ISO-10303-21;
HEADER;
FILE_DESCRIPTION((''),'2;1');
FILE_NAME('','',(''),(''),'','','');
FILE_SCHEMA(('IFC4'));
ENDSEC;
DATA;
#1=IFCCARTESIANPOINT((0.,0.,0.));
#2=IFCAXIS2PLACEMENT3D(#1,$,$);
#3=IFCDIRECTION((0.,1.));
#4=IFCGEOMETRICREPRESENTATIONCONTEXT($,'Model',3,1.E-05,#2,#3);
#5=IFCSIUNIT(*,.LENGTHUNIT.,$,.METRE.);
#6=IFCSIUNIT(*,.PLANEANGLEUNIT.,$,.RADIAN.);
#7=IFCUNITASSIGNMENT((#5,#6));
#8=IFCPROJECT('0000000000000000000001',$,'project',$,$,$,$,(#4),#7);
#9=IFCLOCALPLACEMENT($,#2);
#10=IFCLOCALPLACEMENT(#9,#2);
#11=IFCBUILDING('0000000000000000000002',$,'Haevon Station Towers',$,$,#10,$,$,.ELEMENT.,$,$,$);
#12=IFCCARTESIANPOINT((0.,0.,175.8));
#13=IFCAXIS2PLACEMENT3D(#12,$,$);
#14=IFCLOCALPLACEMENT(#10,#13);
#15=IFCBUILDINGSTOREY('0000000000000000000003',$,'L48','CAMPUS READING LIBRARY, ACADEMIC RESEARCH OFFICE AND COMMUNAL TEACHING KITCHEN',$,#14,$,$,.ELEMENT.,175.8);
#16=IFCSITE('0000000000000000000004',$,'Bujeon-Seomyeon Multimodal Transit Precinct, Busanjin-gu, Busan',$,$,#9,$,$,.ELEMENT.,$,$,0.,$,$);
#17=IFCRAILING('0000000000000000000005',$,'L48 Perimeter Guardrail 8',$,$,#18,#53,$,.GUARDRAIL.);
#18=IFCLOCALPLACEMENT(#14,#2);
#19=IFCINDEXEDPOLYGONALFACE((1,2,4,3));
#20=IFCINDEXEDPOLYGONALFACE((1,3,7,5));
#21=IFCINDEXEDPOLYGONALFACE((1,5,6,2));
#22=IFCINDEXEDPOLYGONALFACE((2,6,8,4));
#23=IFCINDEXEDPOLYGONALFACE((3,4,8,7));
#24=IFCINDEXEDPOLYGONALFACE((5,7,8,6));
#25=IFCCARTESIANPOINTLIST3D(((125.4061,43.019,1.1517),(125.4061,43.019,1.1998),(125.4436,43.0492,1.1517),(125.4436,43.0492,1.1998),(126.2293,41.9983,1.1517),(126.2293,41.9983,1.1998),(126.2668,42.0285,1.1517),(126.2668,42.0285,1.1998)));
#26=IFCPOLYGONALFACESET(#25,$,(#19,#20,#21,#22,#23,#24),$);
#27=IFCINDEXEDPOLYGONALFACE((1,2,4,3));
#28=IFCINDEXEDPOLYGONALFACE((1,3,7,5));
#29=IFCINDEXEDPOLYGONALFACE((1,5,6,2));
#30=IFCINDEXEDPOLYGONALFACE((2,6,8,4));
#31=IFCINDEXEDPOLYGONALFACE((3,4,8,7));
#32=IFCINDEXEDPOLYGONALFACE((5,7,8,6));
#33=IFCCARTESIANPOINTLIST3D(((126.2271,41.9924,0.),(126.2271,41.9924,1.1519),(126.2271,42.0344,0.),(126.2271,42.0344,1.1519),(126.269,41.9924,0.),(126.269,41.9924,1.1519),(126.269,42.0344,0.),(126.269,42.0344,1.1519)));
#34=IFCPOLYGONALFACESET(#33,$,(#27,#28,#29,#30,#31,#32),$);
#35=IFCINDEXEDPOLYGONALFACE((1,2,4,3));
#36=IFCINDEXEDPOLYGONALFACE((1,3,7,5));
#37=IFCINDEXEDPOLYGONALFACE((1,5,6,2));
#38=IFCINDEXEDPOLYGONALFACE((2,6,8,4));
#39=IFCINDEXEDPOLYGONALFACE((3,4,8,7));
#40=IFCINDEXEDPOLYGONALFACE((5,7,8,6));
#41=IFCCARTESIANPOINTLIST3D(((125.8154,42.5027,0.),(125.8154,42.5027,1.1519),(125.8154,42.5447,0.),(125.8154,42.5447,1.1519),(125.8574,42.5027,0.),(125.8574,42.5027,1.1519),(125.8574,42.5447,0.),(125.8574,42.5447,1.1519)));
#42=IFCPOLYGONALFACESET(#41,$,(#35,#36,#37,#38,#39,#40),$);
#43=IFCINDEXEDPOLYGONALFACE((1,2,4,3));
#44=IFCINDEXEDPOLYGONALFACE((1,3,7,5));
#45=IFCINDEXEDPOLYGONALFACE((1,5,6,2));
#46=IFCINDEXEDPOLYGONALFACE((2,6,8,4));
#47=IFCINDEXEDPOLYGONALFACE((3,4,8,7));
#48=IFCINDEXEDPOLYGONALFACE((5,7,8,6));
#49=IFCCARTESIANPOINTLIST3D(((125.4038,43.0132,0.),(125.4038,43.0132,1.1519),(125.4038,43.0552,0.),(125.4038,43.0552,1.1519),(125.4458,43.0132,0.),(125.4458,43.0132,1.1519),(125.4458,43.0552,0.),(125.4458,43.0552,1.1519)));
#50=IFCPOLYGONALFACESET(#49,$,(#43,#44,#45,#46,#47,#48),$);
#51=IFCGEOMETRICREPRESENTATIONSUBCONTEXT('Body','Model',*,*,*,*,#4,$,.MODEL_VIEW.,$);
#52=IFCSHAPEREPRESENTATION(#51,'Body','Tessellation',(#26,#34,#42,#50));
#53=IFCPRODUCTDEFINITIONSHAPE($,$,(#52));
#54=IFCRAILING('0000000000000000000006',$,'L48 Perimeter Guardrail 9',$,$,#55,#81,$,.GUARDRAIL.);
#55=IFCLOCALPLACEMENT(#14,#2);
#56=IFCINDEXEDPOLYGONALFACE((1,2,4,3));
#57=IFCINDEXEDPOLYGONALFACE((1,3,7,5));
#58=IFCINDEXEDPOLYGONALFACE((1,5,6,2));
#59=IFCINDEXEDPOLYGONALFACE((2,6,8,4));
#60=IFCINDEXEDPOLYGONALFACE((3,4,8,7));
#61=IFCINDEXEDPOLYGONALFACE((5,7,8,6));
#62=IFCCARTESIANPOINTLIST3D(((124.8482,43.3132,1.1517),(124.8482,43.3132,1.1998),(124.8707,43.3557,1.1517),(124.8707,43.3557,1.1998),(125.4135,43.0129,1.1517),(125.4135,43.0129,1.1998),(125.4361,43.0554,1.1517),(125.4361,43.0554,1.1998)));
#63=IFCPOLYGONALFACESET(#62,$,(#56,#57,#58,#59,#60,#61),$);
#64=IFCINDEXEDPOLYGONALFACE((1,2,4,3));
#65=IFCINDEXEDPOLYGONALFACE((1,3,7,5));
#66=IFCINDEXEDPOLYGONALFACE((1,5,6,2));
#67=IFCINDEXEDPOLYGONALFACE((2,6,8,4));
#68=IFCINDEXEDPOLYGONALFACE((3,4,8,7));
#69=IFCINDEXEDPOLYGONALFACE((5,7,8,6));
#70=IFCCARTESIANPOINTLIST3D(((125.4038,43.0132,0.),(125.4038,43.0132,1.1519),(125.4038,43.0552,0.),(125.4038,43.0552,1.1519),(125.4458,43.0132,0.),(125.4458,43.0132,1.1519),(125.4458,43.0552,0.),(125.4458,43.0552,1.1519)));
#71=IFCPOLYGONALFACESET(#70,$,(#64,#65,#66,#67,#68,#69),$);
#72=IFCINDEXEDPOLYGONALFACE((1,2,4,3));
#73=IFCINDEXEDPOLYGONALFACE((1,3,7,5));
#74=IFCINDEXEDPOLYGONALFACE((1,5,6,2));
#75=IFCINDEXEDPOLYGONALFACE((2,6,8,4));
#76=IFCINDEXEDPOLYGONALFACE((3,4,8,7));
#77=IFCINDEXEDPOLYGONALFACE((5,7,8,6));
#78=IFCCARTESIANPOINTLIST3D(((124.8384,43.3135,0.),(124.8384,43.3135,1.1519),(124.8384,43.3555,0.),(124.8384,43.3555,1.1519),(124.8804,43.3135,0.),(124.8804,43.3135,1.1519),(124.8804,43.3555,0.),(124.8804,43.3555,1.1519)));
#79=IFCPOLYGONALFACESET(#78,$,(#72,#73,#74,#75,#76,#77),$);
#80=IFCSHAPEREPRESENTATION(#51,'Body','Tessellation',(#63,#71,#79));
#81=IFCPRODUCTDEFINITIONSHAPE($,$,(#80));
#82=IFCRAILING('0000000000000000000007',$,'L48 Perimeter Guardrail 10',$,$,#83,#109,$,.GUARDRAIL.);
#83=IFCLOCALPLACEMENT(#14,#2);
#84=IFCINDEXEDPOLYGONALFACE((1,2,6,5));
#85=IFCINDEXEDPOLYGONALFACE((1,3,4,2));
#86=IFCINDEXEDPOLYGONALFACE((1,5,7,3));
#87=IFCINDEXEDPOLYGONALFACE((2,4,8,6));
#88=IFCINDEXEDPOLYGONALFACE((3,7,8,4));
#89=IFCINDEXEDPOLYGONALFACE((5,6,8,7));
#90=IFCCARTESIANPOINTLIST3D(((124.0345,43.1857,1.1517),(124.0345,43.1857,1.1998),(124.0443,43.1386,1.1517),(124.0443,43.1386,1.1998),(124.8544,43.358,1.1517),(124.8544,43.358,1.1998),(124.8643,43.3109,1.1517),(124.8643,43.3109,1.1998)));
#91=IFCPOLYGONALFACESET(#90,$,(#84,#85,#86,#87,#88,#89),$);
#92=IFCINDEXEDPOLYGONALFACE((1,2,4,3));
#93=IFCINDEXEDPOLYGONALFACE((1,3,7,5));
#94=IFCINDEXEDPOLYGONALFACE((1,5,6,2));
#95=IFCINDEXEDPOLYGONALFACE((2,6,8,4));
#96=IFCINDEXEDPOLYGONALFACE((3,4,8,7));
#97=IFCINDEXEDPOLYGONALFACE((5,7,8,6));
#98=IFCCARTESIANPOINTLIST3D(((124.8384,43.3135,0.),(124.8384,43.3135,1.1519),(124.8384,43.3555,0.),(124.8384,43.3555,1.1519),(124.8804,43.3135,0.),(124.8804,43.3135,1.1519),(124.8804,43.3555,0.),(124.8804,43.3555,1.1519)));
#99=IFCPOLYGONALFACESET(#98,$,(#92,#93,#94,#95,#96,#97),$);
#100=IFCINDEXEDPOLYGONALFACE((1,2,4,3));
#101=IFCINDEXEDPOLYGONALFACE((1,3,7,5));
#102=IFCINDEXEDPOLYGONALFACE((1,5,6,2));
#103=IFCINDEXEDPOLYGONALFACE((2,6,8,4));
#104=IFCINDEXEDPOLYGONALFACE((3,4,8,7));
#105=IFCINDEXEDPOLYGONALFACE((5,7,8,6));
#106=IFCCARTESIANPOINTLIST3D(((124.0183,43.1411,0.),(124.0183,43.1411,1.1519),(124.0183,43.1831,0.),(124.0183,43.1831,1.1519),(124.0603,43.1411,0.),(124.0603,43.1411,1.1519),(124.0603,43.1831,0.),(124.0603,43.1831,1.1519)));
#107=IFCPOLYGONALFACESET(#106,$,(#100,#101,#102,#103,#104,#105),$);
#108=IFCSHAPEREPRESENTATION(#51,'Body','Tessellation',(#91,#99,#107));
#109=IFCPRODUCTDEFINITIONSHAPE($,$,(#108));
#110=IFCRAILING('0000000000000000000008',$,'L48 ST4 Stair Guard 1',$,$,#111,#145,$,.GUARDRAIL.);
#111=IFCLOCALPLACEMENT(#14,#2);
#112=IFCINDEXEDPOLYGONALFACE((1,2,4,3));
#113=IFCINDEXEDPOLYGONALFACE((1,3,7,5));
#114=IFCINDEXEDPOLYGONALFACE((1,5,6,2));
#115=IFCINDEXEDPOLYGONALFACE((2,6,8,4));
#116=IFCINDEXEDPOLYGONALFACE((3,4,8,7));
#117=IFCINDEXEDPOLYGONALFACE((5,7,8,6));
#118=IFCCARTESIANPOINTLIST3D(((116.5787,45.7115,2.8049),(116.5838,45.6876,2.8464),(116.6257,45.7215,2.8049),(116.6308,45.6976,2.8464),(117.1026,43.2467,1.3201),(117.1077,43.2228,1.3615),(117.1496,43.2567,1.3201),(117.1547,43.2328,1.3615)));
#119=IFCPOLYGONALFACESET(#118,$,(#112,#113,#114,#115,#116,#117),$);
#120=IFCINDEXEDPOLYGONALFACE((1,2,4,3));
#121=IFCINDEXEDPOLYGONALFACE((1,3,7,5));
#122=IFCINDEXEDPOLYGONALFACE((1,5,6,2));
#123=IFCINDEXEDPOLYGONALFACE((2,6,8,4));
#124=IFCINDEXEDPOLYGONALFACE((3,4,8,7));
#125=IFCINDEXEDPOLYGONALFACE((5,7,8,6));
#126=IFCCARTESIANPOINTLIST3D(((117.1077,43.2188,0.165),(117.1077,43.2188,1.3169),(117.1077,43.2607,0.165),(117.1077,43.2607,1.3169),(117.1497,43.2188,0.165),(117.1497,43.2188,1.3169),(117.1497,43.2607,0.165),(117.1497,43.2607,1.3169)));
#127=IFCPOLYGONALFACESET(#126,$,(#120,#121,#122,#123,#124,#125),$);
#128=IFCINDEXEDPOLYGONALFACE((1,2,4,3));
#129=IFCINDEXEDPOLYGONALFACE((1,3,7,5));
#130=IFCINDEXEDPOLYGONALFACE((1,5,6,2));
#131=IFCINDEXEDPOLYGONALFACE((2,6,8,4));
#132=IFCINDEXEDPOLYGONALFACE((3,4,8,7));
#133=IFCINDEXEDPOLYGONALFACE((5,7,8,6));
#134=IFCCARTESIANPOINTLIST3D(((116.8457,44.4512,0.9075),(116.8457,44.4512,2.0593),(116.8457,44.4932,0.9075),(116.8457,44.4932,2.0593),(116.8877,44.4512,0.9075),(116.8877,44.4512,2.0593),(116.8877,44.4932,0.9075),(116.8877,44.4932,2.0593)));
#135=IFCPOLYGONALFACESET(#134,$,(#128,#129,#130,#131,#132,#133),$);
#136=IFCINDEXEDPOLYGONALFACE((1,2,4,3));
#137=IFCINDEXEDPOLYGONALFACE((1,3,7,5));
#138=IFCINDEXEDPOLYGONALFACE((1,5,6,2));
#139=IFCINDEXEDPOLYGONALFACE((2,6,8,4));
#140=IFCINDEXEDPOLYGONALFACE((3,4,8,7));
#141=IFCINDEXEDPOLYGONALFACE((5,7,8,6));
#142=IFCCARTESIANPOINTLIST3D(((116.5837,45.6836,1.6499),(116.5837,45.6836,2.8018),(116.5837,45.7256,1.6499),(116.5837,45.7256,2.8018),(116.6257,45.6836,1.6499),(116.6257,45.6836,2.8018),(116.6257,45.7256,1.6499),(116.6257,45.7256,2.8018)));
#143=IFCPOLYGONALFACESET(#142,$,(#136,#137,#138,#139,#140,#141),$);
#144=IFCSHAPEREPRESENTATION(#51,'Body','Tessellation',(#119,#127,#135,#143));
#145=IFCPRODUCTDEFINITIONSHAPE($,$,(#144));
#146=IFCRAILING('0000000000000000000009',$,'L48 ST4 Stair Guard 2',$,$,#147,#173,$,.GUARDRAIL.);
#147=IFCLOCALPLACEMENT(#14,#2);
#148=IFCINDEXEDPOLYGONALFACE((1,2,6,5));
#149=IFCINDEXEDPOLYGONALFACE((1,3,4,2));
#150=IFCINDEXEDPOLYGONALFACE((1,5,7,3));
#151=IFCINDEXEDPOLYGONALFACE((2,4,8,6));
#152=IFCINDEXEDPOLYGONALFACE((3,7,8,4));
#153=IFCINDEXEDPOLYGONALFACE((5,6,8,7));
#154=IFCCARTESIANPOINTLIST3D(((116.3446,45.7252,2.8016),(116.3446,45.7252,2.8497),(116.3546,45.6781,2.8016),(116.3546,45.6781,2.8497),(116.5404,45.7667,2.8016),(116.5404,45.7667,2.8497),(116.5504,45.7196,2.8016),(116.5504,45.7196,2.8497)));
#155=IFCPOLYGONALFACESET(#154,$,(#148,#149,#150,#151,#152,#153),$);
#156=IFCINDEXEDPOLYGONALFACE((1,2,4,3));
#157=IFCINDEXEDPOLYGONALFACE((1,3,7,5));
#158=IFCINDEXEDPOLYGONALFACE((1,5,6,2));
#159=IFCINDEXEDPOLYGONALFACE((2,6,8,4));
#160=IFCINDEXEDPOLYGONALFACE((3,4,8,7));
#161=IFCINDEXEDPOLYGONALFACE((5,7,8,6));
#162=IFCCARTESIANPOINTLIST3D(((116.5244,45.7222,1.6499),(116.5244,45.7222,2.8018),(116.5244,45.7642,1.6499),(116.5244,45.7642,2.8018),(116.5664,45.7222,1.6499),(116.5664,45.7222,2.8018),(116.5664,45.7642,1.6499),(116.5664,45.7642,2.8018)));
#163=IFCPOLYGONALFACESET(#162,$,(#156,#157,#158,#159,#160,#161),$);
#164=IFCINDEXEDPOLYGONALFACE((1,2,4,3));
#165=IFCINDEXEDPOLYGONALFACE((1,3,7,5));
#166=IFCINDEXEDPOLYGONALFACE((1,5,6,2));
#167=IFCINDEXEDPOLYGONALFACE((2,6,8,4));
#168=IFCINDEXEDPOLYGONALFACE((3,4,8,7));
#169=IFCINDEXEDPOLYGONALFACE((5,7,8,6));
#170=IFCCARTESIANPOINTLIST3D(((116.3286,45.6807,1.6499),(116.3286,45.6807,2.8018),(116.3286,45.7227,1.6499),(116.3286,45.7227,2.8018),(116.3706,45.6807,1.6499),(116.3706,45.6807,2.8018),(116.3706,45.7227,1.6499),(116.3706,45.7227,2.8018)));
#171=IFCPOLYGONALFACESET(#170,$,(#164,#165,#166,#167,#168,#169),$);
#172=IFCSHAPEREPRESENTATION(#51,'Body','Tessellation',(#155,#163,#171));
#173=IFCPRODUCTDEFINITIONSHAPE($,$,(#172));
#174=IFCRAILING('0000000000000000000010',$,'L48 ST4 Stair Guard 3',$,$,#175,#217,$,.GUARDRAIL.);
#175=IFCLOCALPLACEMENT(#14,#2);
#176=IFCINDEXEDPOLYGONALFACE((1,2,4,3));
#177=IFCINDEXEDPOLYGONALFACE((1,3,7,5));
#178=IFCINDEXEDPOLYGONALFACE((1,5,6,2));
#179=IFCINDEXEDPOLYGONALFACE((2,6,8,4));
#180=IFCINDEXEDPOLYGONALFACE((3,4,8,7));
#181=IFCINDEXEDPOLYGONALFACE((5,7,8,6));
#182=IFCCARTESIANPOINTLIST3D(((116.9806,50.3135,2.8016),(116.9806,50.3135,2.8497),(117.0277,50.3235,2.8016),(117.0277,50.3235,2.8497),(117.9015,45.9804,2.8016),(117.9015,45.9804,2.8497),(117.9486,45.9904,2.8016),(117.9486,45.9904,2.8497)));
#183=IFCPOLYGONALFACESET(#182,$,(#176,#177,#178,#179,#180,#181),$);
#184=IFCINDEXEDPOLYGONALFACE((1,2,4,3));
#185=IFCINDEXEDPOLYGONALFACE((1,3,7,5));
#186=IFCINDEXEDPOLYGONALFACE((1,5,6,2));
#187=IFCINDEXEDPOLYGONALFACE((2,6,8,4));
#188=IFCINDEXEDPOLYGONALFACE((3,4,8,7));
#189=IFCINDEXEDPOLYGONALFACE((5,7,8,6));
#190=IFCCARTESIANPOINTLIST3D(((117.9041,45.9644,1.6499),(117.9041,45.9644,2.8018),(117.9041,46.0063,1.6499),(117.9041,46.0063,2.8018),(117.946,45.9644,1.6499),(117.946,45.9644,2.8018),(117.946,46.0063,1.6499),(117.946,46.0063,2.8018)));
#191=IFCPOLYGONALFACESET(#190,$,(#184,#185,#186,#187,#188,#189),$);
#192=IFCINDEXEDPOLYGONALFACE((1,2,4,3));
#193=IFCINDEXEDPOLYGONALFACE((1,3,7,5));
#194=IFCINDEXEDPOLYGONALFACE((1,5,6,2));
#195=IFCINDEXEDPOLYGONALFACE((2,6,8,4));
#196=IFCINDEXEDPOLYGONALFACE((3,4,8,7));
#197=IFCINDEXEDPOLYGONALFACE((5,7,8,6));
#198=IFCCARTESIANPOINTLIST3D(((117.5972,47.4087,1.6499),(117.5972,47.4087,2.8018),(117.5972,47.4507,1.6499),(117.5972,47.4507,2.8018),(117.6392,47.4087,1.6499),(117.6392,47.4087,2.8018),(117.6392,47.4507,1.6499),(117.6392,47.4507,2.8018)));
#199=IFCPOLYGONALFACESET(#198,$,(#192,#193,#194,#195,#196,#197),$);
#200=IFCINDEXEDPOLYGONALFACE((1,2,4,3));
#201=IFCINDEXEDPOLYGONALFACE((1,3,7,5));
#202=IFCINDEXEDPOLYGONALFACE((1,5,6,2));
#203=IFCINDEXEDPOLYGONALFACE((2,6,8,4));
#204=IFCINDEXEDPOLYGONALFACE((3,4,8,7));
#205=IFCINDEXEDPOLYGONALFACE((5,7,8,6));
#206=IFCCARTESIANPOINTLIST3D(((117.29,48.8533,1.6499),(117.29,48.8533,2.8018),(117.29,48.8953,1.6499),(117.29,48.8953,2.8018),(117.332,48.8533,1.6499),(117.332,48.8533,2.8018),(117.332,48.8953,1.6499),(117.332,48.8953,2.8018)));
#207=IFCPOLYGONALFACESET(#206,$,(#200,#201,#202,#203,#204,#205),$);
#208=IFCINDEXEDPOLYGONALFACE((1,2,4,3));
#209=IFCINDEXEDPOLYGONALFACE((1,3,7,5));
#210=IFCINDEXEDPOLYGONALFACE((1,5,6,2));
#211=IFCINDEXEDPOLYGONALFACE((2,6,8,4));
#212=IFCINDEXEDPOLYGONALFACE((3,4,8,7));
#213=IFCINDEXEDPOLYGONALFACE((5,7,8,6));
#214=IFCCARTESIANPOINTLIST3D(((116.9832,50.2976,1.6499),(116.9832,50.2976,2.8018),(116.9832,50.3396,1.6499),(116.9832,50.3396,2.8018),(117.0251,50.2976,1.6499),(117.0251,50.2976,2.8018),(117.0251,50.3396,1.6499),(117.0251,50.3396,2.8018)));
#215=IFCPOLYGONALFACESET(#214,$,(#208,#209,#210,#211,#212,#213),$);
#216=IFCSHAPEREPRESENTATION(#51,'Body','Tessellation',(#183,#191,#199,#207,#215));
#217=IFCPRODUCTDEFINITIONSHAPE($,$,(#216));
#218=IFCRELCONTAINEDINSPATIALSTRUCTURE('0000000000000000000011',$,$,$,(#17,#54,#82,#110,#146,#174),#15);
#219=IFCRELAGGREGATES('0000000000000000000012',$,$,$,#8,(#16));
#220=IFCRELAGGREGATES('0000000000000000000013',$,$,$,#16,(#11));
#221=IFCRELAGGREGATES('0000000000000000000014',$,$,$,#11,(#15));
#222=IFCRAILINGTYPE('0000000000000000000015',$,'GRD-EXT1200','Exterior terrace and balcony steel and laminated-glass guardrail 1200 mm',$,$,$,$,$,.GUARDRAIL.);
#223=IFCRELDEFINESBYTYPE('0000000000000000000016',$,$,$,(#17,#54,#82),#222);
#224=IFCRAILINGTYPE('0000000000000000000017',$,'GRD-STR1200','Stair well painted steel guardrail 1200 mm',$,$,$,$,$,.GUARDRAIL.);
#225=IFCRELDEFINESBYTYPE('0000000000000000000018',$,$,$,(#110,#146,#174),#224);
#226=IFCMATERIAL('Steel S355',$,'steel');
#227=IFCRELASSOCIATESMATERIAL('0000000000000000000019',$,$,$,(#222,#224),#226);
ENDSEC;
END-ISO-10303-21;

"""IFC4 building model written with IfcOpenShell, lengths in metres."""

from ifc_helpers import new_model, si_unit, direction, frame, origin, origin_2d, place, context, subcontext, project, spatial, rectangle, extrude, material, type_object, element, save


model = new_model("IFC4")

# Units and contexts
model_context = context("Model", 3, precision=1e-05, world=origin(), true_north=direction((0.0, 1.0)))
body_context = subcontext(model_context, "Body", "Model", "MODEL_VIEW")
ifc_project = project(units=[si_unit("LENGTHUNIT", "METRE"), si_unit("PLANEANGLEUNIT", "RADIAN")], contexts=[model_context])

# Site, building, storey
site_placement = place(None, origin())
site = spatial("IfcSite", under=ifc_project, at=site_placement, Name="Bujeon-Seomyeon Multimodal Transit Precinct, Busanjin-gu, Busan", CompositionType="ELEMENT", RefElevation=0.0)
building_placement = place(site_placement, origin())
building = spatial("IfcBuilding", under=site, at=building_placement, Name="Haevon Station Towers", CompositionType="ELEMENT")
storey_placement = place(building_placement, frame((0.0, 0.0, 175.8)))
storey = spatial("IfcBuildingStorey", under=building, at=storey_placement, Name="L48", Description="CAMPUS READING LIBRARY, ACADEMIC RESEARCH OFFICE AND COMMUNAL TEACHING KITCHEN", CompositionType="ELEMENT", Elevation=175.8)

# Shared definitions
ifc_material_1 = material(Name="Steel S355", Category="steel")

# Railings
railing_type_1 = type_object("IfcRailingType", Name="GRD-EXT1200", Description="Exterior terrace and balcony steel and laminated-glass guardrail 1200 mm", PredefinedType="GUARDRAIL", material=ifc_material_1)
railing_1_placement = place(storey_placement, frame((126.248, 42.0134, 0.0)))
element("IfcRailing", 1, at=railing_1_placement, inside=storey, type_object=railing_type_1, Name="L48 Perimeter Guardrail 8", PredefinedType="GUARDRAIL", context=body_context, shape_type="SweptSolid", body=[
    extrude(rectangle(XDim=0.0481, YDim=0.0481, at=origin_2d()), frame((0.0, 0.0, 1.1758), z_axis=(-0.627778, 0.778392, 0.0), x_axis=(-0.778392, -0.627778, 0.0)), (0.0, 0.0, 1.0), 1.3113),
    extrude(rectangle(XDim=0.042, YDim=0.042, at=origin_2d()), origin(), (0.0, 0.0, 1.0), 1.1519),
    extrude(rectangle(XDim=0.042, YDim=0.042, at=origin_2d()), frame((-0.4116, 0.5103, 0.0)), (0.0, 0.0, 1.0), 1.1519),
    extrude(rectangle(XDim=0.042, YDim=0.042, at=origin_2d()), frame((-0.8232, 1.0208, 0.0)), (0.0, 0.0, 1.0), 1.1519),
])
railing_2_placement = place(storey_placement, frame((125.4248, 43.0342, 0.0)))
element("IfcRailing", 2, at=railing_2_placement, inside=storey, type_object=railing_type_1, Name="L48 Perimeter Guardrail 9", PredefinedType="GUARDRAIL", context=body_context, shape_type="SweptSolid", body=[
    extrude(rectangle(XDim=0.0481, YDim=0.0481, at=origin_2d()), frame((0.0, 0.0, 1.1758), z_axis=(-0.883175, 0.469044, 0.0), x_axis=(-0.469044, -0.883175, 0.0)), (0.0, 0.0, 1.0), 0.6401),
    extrude(rectangle(XDim=0.042, YDim=0.042, at=origin_2d()), origin(), (0.0, 0.0, 1.0), 1.1519),
    extrude(rectangle(XDim=0.042, YDim=0.042, at=origin_2d()), frame((-0.5654, 0.3003, 0.0)), (0.0, 0.0, 1.0), 1.1519),
])
railing_3_placement = place(storey_placement, frame((124.8594, 43.3345, 0.0)))
element("IfcRailing", 3, at=railing_3_placement, inside=storey, type_object=railing_type_1, Name="L48 Perimeter Guardrail 10", PredefinedType="GUARDRAIL", context=body_context, shape_type="SweptSolid", body=[
    extrude(rectangle(XDim=0.0481, YDim=0.0481, at=origin_2d()), frame((0.0, 0.0, 1.1758), z_axis=(-0.978618, -0.205687, 0.0), x_axis=(0.205687, -0.978618, 0.0)), (0.0, 0.0, 1.0), 0.8379),
    extrude(rectangle(XDim=0.042, YDim=0.042, at=origin_2d()), origin(), (0.0, 0.0, 1.0), 1.1519),
    extrude(rectangle(XDim=0.042, YDim=0.042, at=origin_2d()), frame((-0.8201, -0.1724, 0.0)), (0.0, 0.0, 1.0), 1.1519),
])
railing_type_2 = type_object("IfcRailingType", Name="GRD-STR1200", Description="Stair well painted steel guardrail 1200 mm", PredefinedType="GUARDRAIL", material=ifc_material_1)
railing_4_placement = place(storey_placement, frame((117.1287, 43.2397, 0.165)))
element("IfcRailing", 4, at=railing_4_placement, inside=storey, type_object=railing_type_2, Name="L48 ST4 Stair Guard 1", PredefinedType="GUARDRAIL", context=body_context, shape_type="SweptSolid", body=[
    extrude(rectangle(XDim=0.0481, YDim=0.0481, at=origin_2d()), frame((0.0, 0.0, 1.1758), z_axis=(-0.179129, 0.842724, 0.507671), x_axis=(-0.978147, -0.207914, 0.0)), (0.0, 0.0, 1.0), 2.9248),
    extrude(rectangle(XDim=0.042, YDim=0.042, at=origin_2d()), origin(), (0.0, 0.0, 1.0), 1.1519),
    extrude(rectangle(XDim=0.042, YDim=0.042, at=origin_2d()), frame((-0.262, 1.2324, 0.7424)), (0.0, 0.0, 1.0), 1.1519),
    extrude(rectangle(XDim=0.042, YDim=0.042, at=origin_2d()), frame((-0.5239, 2.4648, 1.4849)), (0.0, 0.0, 1.0), 1.1519),
])
railing_5_placement = place(storey_placement, frame((116.5454, 45.7432, 1.6499)))
element("IfcRailing", 5, at=railing_5_placement, inside=storey, type_object=railing_type_2, Name="L48 ST4 Stair Guard 2", PredefinedType="GUARDRAIL", context=body_context, shape_type="SweptSolid", body=[
    extrude(rectangle(XDim=0.0481, YDim=0.0481, at=origin_2d()), frame((0.0, 0.0, 1.1758), z_axis=(-0.978264, -0.207363, 0.0), x_axis=(0.207363, -0.978264, 0.0)), (0.0, 0.0, 1.0), 0.2002),
    extrude(rectangle(XDim=0.042, YDim=0.042, at=origin_2d()), origin(), (0.0, 0.0, 1.0), 1.1519),
    extrude(rectangle(XDim=0.042, YDim=0.042, at=origin_2d()), frame((-0.1958, -0.0415, 0.0)), (0.0, 0.0, 1.0), 1.1519),
])
railing_6_placement = place(storey_placement, frame((117.925, 45.9854, 1.6499)))
element("IfcRailing", 6, at=railing_6_placement, inside=storey, type_object=railing_type_2, Name="L48 ST4 Stair Guard 3", PredefinedType="GUARDRAIL", context=body_context, shape_type="SweptSolid", body=[
    extrude(rectangle(XDim=0.0481, YDim=0.0481, at=origin_2d()), frame((0.0, 0.0, 1.1758), z_axis=(-0.207877, 0.978155, 0.0), x_axis=(-0.978155, -0.207877, 0.0)), (0.0, 0.0, 1.0), 4.4299),
    extrude(rectangle(XDim=0.042, YDim=0.042, at=origin_2d()), origin(), (0.0, 0.0, 1.0), 1.1519),
    extrude(rectangle(XDim=0.042, YDim=0.042, at=origin_2d()), frame((-0.3069, 1.4443, 0.0)), (0.0, 0.0, 1.0), 1.1519),
    extrude(rectangle(XDim=0.042, YDim=0.042, at=origin_2d()), frame((-0.614, 2.8889, 0.0)), (0.0, 0.0, 1.0), 1.1519),
    extrude(rectangle(XDim=0.042, YDim=0.042, at=origin_2d()), frame((-0.9209, 4.3333, 0.0)), (0.0, 0.0, 1.0), 1.1519),
])

save(model, "model.ifc")
